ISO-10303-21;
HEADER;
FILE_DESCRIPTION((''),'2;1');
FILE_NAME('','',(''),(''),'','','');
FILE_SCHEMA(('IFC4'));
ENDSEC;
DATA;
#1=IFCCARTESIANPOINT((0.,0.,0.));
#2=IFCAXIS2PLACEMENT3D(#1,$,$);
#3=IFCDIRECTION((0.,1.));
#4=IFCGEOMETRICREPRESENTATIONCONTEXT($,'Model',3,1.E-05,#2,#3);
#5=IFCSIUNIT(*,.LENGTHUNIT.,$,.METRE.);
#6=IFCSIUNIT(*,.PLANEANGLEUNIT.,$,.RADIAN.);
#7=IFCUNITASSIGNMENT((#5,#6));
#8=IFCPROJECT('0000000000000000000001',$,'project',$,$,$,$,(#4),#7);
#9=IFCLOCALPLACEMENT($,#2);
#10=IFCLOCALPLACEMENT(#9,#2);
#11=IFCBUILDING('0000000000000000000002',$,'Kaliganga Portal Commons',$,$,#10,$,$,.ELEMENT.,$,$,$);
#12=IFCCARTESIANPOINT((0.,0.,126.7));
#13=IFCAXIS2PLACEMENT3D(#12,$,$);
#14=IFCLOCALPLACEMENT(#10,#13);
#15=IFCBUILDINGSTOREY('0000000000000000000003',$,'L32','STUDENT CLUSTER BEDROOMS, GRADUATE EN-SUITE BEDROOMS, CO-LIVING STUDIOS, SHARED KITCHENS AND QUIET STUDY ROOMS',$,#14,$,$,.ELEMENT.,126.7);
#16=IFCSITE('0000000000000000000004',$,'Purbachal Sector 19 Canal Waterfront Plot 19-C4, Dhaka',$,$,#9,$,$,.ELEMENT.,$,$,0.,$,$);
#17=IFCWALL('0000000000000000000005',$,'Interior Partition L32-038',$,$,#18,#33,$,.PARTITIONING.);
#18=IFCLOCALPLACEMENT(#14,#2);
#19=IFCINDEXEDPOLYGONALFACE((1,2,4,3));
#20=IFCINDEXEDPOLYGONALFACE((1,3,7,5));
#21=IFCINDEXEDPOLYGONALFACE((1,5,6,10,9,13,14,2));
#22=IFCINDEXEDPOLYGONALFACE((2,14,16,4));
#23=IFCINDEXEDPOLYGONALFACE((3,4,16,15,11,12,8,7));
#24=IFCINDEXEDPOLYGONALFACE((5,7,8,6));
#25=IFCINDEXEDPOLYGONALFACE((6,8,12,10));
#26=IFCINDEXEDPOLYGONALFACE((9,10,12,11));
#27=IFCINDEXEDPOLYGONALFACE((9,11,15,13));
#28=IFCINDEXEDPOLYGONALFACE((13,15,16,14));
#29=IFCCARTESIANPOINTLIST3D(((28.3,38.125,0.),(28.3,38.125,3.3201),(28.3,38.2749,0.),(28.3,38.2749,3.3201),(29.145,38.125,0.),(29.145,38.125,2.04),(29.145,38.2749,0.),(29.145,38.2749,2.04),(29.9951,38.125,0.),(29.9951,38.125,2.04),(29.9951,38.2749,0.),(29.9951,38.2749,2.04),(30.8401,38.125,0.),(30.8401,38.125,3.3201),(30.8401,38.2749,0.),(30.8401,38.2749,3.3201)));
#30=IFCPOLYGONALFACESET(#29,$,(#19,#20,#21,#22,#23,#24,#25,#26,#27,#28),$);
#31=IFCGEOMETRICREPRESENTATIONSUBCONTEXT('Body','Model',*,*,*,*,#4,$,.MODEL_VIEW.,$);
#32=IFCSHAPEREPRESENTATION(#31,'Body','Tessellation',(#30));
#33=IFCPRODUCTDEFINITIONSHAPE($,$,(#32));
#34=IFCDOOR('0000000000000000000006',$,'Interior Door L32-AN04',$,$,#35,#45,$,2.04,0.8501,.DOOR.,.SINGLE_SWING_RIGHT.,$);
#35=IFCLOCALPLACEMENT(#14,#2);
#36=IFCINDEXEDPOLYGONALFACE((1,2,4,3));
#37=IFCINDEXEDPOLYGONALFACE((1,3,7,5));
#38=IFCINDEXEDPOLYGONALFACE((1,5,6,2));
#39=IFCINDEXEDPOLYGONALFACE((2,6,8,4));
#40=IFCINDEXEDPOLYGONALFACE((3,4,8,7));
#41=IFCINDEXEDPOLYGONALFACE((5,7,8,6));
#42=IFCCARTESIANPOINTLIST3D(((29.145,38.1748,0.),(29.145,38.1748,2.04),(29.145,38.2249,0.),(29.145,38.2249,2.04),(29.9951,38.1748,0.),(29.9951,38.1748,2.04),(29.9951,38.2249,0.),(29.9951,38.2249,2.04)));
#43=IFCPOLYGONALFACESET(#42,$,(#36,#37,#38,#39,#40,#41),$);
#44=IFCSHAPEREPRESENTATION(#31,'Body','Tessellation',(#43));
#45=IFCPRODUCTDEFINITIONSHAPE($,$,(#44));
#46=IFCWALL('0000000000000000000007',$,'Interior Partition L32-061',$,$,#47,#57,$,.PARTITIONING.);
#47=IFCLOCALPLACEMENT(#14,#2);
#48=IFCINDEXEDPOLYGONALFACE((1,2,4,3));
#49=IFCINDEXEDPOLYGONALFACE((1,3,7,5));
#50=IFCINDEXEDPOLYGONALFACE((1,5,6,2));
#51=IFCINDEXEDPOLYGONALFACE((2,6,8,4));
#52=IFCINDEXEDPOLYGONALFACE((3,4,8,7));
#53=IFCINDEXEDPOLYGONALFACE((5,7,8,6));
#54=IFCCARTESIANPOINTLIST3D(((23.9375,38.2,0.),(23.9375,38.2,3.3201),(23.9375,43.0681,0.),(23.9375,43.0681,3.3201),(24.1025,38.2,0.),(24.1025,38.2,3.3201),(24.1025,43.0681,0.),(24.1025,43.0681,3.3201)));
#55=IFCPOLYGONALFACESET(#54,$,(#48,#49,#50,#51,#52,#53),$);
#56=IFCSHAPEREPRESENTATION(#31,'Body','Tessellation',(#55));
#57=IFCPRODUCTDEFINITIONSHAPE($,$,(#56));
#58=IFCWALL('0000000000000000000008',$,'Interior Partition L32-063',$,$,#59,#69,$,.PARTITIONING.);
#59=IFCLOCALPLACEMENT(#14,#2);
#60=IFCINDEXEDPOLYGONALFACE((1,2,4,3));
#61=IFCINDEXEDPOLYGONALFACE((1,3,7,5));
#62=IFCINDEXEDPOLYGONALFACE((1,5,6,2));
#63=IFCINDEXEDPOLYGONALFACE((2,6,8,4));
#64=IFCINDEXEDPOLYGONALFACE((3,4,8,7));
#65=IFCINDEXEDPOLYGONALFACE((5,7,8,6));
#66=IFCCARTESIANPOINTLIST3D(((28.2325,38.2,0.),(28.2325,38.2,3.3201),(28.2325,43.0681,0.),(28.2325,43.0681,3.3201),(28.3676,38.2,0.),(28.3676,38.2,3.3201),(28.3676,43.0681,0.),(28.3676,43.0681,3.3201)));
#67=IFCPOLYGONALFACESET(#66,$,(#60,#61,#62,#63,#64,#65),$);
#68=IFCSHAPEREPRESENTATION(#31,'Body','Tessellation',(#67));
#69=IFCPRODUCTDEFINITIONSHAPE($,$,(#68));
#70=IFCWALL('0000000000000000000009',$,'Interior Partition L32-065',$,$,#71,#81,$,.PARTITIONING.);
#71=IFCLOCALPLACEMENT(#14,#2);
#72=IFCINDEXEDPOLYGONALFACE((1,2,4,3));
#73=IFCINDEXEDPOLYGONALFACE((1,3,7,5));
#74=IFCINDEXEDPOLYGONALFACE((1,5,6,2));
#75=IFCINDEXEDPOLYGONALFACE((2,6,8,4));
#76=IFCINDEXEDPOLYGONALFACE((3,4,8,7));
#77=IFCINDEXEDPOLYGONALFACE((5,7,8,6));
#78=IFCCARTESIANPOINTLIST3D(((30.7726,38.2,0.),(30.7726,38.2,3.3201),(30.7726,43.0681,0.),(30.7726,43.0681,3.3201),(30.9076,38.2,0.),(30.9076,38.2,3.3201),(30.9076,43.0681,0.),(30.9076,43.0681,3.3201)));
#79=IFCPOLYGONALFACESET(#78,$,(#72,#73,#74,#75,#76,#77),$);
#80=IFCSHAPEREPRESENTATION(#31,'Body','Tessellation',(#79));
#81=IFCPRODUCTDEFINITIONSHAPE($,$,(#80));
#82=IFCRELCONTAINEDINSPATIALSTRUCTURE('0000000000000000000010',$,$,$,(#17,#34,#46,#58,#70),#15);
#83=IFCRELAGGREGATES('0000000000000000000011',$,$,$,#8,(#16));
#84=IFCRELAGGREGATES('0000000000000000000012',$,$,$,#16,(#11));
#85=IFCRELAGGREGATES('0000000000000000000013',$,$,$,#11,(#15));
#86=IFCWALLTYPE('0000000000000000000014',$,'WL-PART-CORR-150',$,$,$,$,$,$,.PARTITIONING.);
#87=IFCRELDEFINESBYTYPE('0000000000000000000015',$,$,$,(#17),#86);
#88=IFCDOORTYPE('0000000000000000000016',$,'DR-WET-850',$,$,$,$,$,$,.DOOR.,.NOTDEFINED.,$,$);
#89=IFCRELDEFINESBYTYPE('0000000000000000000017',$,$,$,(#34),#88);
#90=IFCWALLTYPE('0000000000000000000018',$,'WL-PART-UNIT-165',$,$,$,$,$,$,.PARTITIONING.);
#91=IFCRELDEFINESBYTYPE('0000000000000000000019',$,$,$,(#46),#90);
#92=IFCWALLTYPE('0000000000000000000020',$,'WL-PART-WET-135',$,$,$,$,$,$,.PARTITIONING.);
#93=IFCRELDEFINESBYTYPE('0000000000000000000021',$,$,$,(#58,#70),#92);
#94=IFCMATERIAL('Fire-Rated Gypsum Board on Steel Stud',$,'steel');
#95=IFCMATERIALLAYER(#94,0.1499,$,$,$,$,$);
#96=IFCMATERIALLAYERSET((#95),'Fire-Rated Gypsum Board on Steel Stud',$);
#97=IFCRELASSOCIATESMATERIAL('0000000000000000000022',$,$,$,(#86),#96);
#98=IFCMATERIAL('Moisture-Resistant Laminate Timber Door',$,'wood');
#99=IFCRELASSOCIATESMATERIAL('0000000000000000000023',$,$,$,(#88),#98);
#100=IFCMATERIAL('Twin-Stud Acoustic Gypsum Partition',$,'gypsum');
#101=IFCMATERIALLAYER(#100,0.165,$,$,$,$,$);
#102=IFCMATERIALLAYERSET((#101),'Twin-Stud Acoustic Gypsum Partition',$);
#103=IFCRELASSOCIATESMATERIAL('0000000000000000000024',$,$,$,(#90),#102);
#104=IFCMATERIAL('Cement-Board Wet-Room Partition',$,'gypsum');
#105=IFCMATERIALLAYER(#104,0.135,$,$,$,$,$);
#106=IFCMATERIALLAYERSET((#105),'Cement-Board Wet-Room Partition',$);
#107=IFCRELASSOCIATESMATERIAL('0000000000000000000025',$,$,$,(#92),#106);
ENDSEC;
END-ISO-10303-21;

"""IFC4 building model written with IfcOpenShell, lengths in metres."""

from ifc_helpers import new_model, si_unit, direction, frame, frame_2d, origin, place, context, subcontext, project, spatial, rectangle, extrude, material, layer, layer_set, type_object, element, fill, save


model = new_model("IFC4")

# Units and contexts
model_context = context("Model", 3, precision=1e-05, world=origin(), true_north=direction((0.0, 1.0)))
body_context = subcontext(model_context, "Body", "Model", "MODEL_VIEW")
ifc_project = project(units=[si_unit("LENGTHUNIT", "METRE"), si_unit("PLANEANGLEUNIT", "RADIAN")], contexts=[model_context])

# Site, building, storey
site_placement = place(None, origin())
site = spatial("IfcSite", under=ifc_project, at=site_placement, Name="Purbachal Sector 19 Canal Waterfront Plot 19-C4, Dhaka", CompositionType="ELEMENT", RefElevation=0.0)
building_placement = place(site_placement, origin())
building = spatial("IfcBuilding", under=site, at=building_placement, Name="Kaliganga Portal Commons", CompositionType="ELEMENT")
storey_placement = place(building_placement, frame((0.0, 0.0, 126.7)))
storey = spatial("IfcBuildingStorey", under=building, at=storey_placement, Name="L32", Description="STUDENT CLUSTER BEDROOMS, GRADUATE EN-SUITE BEDROOMS, CO-LIVING STUDIOS, SHARED KITCHENS AND QUIET STUDY ROOMS", CompositionType="ELEMENT", Elevation=126.7)

# Wall, opening, door
ifc_material_1 = material(Name="Fire-Rated Gypsum Board on Steel Stud", Category="steel")
ifc_layer_1 = layer(ifc_material_1, 0.1499)
ifc_layer_set_1 = layer_set([ifc_layer_1], Name="Fire-Rated Gypsum Board on Steel Stud")
wall_type_1 = type_object("IfcWallType", Name="WL-PART-CORR-150", PredefinedType="PARTITIONING", material=ifc_layer_set_1)
wall_1_placement = place(storey_placement, frame((28.3, 38.2, 0.0), z_axis=(0.0, 0.0, 1.0), x_axis=(1.0, 0.0, 0.0)))
wall_1 = element("IfcWall", 1, at=wall_1_placement, inside=storey, type_object=wall_type_1, Name="Interior Partition L32-038", PredefinedType="PARTITIONING", context=body_context, shape_type="SweptSolid", body=[
    extrude(rectangle(XDim=2.54, YDim=0.1499, at=frame_2d((1.27, 0.0))), origin(), (0.0, 0.0, 1.0), 3.3201),
])
opening_1_placement = place(wall_1_placement, frame((0.845, 0.0, 0.0)))
opening_1 = element("IfcOpeningElement", 2, at=opening_1_placement, cuts=wall_1, PredefinedType="OPENING", context=body_context, shape_type="SweptSolid", body=[
    extrude(rectangle(XDim=0.8501, YDim=2.04, at=frame_2d((0.425, 1.02))), frame((0.0, 0.085, 0.0), z_axis=(0.0, -1.0, 0.0), x_axis=(1.0, 0.0, 0.0)), (0.0, 0.0, 1.0), 0.1699),
])
ifc_material_2 = material(Name="Moisture-Resistant Laminate Timber Door", Category="wood")
door_type_1 = type_object("IfcDoorType", Name="DR-WET-850", OperationType="NOTDEFINED", PredefinedType="DOOR", material=ifc_material_2)
door_1_placement = place(opening_1_placement, origin())
door_1 = element("IfcDoor", 3, at=door_1_placement, inside=storey, type_object=door_type_1, Name="Interior Door L32-AN04", OperationType="SINGLE_SWING_RIGHT", OverallHeight=2.04, OverallWidth=0.8501, PredefinedType="DOOR", context=body_context, shape_type="SweptSolid", body=[
    extrude(rectangle(XDim=0.8501, YDim=2.04, at=frame_2d((0.425, 1.02))), frame((0.0, 0.0249, 0.0), z_axis=(0.0, -1.0, 0.0), x_axis=(1.0, 0.0, 0.0)), (0.0, 0.0, 1.0), 0.05),
])
fill(opening_1, door_1)

# Walls
ifc_material_3 = material(Name="Twin-Stud Acoustic Gypsum Partition", Category="gypsum")
ifc_layer_2 = layer(ifc_material_3, 0.165)
ifc_layer_set_2 = layer_set([ifc_layer_2], Name="Twin-Stud Acoustic Gypsum Partition")
wall_type_2 = type_object("IfcWallType", Name="WL-PART-UNIT-165", PredefinedType="PARTITIONING", material=ifc_layer_set_2)
wall_2_placement = place(storey_placement, frame((24.02, 38.2, 0.0), z_axis=(0.0, 0.0, 1.0), x_axis=(0.0, 1.0, 0.0)))
element("IfcWall", 4, at=wall_2_placement, inside=storey, type_object=wall_type_2, Name="Interior Partition L32-061", PredefinedType="PARTITIONING", context=body_context, shape_type="SweptSolid", body=[
    extrude(rectangle(XDim=4.8682, YDim=0.165, at=frame_2d((2.4341, 0.0))), origin(), (0.0, 0.0, 1.0), 3.3201),
])
ifc_material_4 = material(Name="Cement-Board Wet-Room Partition", Category="gypsum")
ifc_layer_3 = layer(ifc_material_4, 0.135)
ifc_layer_set_3 = layer_set([ifc_layer_3], Name="Cement-Board Wet-Room Partition")
wall_type_3 = type_object("IfcWallType", Name="WL-PART-WET-135", PredefinedType="PARTITIONING", material=ifc_layer_set_3)
for number, where, z_axis, x_axis, name in (
    (5, (28.3, 38.2, 0.0), (0.0, 0.0, 1.0), (0.0, 1.0, 0.0), "Interior Partition L32-063"),
    (6, (30.8401, 38.2, 0.0), (0.0, 0.0, 1.0), (0.0, 1.0, 0.0), "Interior Partition L32-065"),
):
    element("IfcWall", number, at=place(storey_placement, frame(where, z_axis=z_axis, x_axis=x_axis)), inside=storey, type_object=wall_type_3, Name=name, PredefinedType="PARTITIONING", context=body_context, shape_type="SweptSolid", body=[
        extrude(rectangle(XDim=4.8682, YDim=0.135, at=frame_2d((2.4341, 0.0))), origin(), (0.0, 0.0, 1.0), 3.3201),
    ])

save(model, "model.ifc")
